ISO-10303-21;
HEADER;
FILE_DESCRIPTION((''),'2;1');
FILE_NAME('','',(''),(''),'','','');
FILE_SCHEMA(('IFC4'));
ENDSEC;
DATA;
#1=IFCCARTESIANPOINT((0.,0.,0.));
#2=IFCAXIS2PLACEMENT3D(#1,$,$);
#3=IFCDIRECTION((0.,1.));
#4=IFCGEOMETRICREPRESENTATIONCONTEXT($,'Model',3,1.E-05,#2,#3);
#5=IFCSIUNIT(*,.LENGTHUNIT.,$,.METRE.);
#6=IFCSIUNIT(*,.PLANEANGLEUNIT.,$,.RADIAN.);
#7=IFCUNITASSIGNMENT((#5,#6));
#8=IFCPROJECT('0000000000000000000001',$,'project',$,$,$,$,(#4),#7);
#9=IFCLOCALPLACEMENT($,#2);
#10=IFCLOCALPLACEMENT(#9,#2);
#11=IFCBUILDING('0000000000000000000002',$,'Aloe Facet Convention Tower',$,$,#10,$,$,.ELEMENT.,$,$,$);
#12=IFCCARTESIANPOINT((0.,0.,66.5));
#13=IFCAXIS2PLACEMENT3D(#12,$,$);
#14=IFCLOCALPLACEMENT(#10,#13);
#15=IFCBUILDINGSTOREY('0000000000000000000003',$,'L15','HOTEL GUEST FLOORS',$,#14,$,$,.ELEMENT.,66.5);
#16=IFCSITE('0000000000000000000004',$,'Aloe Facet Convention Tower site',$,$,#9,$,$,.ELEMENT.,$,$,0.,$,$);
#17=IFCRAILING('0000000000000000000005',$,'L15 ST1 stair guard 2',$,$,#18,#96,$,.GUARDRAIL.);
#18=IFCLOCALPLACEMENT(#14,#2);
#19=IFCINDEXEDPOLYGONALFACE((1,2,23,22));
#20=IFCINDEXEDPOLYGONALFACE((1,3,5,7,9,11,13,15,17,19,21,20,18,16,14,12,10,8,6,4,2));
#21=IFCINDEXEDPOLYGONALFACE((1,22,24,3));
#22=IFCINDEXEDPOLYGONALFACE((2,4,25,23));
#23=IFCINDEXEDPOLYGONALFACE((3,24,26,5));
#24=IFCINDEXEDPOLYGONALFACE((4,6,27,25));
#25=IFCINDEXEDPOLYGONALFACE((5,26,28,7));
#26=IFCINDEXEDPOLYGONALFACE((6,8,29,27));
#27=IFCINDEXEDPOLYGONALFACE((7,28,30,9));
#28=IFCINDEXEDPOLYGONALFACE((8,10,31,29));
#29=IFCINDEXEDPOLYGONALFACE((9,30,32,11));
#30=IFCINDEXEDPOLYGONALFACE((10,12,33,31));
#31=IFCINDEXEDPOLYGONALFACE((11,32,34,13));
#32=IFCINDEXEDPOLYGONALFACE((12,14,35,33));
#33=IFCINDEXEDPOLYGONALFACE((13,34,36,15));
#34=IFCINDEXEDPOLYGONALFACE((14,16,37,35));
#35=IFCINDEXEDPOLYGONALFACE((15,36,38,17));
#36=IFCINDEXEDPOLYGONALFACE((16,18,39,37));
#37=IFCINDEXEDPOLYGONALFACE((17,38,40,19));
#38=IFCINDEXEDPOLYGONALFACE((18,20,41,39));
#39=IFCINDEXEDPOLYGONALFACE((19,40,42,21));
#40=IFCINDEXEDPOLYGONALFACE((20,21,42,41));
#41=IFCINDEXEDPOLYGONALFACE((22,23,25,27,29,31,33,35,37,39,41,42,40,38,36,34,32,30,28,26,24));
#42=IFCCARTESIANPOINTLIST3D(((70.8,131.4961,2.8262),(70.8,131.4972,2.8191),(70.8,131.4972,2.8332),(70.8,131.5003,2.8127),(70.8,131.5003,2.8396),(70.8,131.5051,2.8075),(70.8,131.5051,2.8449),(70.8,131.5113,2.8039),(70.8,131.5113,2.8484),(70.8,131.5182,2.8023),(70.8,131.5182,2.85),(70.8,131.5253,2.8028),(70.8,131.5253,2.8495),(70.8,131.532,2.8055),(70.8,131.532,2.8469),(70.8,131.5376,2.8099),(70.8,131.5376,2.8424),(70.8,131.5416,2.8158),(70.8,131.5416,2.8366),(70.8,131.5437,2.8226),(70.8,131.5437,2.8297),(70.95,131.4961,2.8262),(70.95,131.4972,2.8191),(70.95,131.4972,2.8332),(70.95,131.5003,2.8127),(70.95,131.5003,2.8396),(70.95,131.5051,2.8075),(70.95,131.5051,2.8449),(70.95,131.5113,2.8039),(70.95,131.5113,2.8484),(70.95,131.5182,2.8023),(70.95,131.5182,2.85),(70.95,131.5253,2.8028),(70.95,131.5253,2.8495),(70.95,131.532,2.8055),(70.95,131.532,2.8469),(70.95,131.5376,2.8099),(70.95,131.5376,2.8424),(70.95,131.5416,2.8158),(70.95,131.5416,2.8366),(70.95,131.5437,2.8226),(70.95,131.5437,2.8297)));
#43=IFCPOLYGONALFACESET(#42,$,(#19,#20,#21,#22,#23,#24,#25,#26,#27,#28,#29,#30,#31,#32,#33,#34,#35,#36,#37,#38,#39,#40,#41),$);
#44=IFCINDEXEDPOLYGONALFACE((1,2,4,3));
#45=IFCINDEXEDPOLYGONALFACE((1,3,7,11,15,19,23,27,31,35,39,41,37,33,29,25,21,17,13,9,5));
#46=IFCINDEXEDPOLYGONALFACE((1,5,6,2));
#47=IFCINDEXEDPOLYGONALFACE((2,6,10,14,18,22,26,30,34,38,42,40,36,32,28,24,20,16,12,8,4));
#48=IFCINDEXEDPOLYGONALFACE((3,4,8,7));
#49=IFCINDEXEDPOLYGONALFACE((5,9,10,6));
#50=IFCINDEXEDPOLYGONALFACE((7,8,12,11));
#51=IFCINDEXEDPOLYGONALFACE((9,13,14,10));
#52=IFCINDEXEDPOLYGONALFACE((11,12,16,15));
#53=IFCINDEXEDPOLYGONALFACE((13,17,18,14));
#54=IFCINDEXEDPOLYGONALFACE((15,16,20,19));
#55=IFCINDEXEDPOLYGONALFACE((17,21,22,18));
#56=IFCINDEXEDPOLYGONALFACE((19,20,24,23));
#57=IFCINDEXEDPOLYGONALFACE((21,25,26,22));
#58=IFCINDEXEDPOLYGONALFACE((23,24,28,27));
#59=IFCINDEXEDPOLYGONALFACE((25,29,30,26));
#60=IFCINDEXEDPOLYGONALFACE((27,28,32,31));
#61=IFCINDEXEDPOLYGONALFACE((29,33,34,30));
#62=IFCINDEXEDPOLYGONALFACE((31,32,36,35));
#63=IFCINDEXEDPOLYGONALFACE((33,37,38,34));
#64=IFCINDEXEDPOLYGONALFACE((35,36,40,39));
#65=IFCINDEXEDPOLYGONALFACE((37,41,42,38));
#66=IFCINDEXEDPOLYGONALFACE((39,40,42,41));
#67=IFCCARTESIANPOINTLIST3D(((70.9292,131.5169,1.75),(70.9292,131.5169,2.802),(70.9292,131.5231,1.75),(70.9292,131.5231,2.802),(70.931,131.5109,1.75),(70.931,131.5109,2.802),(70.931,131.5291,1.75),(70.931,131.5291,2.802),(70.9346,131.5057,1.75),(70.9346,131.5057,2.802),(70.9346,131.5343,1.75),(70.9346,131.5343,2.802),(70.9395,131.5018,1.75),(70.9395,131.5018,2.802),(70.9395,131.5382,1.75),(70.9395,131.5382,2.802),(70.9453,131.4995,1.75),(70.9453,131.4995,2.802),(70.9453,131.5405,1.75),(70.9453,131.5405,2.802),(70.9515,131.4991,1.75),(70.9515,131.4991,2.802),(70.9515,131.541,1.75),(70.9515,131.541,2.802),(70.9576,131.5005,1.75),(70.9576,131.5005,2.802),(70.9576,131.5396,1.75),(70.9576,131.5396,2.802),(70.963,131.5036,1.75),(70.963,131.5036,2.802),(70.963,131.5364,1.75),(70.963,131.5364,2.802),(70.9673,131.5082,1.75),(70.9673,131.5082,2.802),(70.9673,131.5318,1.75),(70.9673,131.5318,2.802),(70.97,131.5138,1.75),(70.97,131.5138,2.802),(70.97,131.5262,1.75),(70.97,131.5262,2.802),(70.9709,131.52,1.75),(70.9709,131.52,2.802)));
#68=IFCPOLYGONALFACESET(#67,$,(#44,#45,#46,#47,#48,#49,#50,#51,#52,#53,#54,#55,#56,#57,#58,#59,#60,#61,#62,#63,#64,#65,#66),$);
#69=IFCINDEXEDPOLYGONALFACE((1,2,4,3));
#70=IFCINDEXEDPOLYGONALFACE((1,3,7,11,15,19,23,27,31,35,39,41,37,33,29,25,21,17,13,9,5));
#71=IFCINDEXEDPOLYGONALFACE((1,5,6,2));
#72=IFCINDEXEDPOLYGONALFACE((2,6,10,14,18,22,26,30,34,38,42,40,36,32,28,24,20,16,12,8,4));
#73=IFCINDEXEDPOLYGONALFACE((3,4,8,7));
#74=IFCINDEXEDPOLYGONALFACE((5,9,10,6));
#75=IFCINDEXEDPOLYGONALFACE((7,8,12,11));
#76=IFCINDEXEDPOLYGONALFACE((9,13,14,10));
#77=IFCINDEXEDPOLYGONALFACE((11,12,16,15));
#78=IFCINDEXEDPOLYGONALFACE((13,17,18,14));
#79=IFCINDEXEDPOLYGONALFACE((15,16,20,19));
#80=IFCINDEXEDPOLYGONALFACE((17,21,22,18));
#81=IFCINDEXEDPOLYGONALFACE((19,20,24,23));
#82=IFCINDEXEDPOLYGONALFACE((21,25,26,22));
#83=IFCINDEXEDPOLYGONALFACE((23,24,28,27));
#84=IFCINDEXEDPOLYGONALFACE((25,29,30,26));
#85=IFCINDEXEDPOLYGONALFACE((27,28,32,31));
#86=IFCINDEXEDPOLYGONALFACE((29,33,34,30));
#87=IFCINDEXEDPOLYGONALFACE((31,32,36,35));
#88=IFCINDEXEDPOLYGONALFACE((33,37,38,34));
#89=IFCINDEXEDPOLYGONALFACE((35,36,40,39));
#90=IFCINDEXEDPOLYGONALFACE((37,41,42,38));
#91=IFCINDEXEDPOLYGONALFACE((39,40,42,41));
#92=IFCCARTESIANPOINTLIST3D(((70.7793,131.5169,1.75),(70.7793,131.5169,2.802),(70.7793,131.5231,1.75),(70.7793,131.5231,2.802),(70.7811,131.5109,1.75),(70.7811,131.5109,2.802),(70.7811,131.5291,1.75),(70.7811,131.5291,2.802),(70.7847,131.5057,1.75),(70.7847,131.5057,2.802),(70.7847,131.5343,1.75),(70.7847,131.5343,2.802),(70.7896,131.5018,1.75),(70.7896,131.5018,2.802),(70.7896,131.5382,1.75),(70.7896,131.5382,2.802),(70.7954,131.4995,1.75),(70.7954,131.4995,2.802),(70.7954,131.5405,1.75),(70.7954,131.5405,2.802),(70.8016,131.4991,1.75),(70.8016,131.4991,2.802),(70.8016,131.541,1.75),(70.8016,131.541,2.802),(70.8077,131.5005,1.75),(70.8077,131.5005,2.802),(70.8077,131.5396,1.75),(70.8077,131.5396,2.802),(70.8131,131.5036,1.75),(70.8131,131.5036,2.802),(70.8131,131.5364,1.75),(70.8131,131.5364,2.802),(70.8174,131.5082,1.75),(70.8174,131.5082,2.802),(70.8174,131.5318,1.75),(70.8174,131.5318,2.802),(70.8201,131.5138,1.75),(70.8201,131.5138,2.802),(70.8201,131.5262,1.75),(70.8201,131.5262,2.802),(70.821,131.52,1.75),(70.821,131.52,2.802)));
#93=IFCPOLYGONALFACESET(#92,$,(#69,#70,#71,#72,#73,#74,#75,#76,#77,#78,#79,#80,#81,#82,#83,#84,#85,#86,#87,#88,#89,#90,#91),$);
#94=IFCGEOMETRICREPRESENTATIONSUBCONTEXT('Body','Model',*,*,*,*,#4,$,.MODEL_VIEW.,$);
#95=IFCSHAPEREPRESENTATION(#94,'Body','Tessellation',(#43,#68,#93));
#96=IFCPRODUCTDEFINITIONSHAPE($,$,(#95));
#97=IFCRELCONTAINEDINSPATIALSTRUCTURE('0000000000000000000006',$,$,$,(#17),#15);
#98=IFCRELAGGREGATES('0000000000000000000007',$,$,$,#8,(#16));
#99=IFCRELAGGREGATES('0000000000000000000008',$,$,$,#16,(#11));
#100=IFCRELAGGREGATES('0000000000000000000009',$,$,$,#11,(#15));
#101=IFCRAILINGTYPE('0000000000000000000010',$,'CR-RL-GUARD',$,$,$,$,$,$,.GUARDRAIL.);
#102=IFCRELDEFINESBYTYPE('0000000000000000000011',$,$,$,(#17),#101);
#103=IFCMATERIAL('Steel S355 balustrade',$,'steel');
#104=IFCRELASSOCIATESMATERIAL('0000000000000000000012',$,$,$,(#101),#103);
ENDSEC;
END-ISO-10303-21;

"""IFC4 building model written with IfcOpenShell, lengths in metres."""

from ifc_helpers import new_model, si_unit, direction, frame, origin, origin_2d, place, context, subcontext, project, spatial, circle, extrude, material, type_object, element, save


model = new_model("IFC4")

# Units and contexts
model_context = context("Model", 3, precision=1e-05, world=origin(), true_north=direction((0.0, 1.0)))
body_context = subcontext(model_context, "Body", "Model", "MODEL_VIEW")
ifc_project = project(units=[si_unit("LENGTHUNIT", "METRE"), si_unit("PLANEANGLEUNIT", "RADIAN")], contexts=[model_context])

# Site, building, storey
site_placement = place(None, origin())
site = spatial("IfcSite", under=ifc_project, at=site_placement, Name="Aloe Facet Convention Tower site", CompositionType="ELEMENT", RefElevation=0.0)
building_placement = place(site_placement, origin())
building = spatial("IfcBuilding", under=site, at=building_placement, Name="Aloe Facet Convention Tower", CompositionType="ELEMENT")
storey_placement = place(building_placement, frame((0.0, 0.0, 66.5)))
storey = spatial("IfcBuildingStorey", under=building, at=storey_placement, Name="L15", Description="HOTEL GUEST FLOORS", CompositionType="ELEMENT", Elevation=66.5)

# Railing
ifc_material_1 = material(Name="Steel S355 balustrade", Category="steel")
railing_type_1 = type_object("IfcRailingType", Name="CR-RL-GUARD", PredefinedType="GUARDRAIL", material=ifc_material_1)
railing_1_placement = place(storey_placement, frame((70.95, 131.52, 1.75)))
element("IfcRailing", 1, at=railing_1_placement, inside=storey, type_object=railing_type_1, Name="L15 ST1 stair guard 2", PredefinedType="GUARDRAIL", context=body_context, shape_type="SweptSolid", body=[
    extrude(circle(Radius=0.0239, at=origin_2d()), frame((0.0, 0.0, 1.0762), z_axis=(-1.0, 0.0, 0.0), x_axis=(0.0, -1.0, 0.0)), (0.0, 0.0, 1.0), 0.1499),
    extrude(circle(Radius=0.021, at=origin_2d()), origin(), (0.0, 0.0, 1.0), 1.052),
    extrude(circle(Radius=0.021, at=origin_2d()), frame((-0.1499, 0.0, 0.0)), (0.0, 0.0, 1.0), 1.052),
])

save(model, "model.ifc")
